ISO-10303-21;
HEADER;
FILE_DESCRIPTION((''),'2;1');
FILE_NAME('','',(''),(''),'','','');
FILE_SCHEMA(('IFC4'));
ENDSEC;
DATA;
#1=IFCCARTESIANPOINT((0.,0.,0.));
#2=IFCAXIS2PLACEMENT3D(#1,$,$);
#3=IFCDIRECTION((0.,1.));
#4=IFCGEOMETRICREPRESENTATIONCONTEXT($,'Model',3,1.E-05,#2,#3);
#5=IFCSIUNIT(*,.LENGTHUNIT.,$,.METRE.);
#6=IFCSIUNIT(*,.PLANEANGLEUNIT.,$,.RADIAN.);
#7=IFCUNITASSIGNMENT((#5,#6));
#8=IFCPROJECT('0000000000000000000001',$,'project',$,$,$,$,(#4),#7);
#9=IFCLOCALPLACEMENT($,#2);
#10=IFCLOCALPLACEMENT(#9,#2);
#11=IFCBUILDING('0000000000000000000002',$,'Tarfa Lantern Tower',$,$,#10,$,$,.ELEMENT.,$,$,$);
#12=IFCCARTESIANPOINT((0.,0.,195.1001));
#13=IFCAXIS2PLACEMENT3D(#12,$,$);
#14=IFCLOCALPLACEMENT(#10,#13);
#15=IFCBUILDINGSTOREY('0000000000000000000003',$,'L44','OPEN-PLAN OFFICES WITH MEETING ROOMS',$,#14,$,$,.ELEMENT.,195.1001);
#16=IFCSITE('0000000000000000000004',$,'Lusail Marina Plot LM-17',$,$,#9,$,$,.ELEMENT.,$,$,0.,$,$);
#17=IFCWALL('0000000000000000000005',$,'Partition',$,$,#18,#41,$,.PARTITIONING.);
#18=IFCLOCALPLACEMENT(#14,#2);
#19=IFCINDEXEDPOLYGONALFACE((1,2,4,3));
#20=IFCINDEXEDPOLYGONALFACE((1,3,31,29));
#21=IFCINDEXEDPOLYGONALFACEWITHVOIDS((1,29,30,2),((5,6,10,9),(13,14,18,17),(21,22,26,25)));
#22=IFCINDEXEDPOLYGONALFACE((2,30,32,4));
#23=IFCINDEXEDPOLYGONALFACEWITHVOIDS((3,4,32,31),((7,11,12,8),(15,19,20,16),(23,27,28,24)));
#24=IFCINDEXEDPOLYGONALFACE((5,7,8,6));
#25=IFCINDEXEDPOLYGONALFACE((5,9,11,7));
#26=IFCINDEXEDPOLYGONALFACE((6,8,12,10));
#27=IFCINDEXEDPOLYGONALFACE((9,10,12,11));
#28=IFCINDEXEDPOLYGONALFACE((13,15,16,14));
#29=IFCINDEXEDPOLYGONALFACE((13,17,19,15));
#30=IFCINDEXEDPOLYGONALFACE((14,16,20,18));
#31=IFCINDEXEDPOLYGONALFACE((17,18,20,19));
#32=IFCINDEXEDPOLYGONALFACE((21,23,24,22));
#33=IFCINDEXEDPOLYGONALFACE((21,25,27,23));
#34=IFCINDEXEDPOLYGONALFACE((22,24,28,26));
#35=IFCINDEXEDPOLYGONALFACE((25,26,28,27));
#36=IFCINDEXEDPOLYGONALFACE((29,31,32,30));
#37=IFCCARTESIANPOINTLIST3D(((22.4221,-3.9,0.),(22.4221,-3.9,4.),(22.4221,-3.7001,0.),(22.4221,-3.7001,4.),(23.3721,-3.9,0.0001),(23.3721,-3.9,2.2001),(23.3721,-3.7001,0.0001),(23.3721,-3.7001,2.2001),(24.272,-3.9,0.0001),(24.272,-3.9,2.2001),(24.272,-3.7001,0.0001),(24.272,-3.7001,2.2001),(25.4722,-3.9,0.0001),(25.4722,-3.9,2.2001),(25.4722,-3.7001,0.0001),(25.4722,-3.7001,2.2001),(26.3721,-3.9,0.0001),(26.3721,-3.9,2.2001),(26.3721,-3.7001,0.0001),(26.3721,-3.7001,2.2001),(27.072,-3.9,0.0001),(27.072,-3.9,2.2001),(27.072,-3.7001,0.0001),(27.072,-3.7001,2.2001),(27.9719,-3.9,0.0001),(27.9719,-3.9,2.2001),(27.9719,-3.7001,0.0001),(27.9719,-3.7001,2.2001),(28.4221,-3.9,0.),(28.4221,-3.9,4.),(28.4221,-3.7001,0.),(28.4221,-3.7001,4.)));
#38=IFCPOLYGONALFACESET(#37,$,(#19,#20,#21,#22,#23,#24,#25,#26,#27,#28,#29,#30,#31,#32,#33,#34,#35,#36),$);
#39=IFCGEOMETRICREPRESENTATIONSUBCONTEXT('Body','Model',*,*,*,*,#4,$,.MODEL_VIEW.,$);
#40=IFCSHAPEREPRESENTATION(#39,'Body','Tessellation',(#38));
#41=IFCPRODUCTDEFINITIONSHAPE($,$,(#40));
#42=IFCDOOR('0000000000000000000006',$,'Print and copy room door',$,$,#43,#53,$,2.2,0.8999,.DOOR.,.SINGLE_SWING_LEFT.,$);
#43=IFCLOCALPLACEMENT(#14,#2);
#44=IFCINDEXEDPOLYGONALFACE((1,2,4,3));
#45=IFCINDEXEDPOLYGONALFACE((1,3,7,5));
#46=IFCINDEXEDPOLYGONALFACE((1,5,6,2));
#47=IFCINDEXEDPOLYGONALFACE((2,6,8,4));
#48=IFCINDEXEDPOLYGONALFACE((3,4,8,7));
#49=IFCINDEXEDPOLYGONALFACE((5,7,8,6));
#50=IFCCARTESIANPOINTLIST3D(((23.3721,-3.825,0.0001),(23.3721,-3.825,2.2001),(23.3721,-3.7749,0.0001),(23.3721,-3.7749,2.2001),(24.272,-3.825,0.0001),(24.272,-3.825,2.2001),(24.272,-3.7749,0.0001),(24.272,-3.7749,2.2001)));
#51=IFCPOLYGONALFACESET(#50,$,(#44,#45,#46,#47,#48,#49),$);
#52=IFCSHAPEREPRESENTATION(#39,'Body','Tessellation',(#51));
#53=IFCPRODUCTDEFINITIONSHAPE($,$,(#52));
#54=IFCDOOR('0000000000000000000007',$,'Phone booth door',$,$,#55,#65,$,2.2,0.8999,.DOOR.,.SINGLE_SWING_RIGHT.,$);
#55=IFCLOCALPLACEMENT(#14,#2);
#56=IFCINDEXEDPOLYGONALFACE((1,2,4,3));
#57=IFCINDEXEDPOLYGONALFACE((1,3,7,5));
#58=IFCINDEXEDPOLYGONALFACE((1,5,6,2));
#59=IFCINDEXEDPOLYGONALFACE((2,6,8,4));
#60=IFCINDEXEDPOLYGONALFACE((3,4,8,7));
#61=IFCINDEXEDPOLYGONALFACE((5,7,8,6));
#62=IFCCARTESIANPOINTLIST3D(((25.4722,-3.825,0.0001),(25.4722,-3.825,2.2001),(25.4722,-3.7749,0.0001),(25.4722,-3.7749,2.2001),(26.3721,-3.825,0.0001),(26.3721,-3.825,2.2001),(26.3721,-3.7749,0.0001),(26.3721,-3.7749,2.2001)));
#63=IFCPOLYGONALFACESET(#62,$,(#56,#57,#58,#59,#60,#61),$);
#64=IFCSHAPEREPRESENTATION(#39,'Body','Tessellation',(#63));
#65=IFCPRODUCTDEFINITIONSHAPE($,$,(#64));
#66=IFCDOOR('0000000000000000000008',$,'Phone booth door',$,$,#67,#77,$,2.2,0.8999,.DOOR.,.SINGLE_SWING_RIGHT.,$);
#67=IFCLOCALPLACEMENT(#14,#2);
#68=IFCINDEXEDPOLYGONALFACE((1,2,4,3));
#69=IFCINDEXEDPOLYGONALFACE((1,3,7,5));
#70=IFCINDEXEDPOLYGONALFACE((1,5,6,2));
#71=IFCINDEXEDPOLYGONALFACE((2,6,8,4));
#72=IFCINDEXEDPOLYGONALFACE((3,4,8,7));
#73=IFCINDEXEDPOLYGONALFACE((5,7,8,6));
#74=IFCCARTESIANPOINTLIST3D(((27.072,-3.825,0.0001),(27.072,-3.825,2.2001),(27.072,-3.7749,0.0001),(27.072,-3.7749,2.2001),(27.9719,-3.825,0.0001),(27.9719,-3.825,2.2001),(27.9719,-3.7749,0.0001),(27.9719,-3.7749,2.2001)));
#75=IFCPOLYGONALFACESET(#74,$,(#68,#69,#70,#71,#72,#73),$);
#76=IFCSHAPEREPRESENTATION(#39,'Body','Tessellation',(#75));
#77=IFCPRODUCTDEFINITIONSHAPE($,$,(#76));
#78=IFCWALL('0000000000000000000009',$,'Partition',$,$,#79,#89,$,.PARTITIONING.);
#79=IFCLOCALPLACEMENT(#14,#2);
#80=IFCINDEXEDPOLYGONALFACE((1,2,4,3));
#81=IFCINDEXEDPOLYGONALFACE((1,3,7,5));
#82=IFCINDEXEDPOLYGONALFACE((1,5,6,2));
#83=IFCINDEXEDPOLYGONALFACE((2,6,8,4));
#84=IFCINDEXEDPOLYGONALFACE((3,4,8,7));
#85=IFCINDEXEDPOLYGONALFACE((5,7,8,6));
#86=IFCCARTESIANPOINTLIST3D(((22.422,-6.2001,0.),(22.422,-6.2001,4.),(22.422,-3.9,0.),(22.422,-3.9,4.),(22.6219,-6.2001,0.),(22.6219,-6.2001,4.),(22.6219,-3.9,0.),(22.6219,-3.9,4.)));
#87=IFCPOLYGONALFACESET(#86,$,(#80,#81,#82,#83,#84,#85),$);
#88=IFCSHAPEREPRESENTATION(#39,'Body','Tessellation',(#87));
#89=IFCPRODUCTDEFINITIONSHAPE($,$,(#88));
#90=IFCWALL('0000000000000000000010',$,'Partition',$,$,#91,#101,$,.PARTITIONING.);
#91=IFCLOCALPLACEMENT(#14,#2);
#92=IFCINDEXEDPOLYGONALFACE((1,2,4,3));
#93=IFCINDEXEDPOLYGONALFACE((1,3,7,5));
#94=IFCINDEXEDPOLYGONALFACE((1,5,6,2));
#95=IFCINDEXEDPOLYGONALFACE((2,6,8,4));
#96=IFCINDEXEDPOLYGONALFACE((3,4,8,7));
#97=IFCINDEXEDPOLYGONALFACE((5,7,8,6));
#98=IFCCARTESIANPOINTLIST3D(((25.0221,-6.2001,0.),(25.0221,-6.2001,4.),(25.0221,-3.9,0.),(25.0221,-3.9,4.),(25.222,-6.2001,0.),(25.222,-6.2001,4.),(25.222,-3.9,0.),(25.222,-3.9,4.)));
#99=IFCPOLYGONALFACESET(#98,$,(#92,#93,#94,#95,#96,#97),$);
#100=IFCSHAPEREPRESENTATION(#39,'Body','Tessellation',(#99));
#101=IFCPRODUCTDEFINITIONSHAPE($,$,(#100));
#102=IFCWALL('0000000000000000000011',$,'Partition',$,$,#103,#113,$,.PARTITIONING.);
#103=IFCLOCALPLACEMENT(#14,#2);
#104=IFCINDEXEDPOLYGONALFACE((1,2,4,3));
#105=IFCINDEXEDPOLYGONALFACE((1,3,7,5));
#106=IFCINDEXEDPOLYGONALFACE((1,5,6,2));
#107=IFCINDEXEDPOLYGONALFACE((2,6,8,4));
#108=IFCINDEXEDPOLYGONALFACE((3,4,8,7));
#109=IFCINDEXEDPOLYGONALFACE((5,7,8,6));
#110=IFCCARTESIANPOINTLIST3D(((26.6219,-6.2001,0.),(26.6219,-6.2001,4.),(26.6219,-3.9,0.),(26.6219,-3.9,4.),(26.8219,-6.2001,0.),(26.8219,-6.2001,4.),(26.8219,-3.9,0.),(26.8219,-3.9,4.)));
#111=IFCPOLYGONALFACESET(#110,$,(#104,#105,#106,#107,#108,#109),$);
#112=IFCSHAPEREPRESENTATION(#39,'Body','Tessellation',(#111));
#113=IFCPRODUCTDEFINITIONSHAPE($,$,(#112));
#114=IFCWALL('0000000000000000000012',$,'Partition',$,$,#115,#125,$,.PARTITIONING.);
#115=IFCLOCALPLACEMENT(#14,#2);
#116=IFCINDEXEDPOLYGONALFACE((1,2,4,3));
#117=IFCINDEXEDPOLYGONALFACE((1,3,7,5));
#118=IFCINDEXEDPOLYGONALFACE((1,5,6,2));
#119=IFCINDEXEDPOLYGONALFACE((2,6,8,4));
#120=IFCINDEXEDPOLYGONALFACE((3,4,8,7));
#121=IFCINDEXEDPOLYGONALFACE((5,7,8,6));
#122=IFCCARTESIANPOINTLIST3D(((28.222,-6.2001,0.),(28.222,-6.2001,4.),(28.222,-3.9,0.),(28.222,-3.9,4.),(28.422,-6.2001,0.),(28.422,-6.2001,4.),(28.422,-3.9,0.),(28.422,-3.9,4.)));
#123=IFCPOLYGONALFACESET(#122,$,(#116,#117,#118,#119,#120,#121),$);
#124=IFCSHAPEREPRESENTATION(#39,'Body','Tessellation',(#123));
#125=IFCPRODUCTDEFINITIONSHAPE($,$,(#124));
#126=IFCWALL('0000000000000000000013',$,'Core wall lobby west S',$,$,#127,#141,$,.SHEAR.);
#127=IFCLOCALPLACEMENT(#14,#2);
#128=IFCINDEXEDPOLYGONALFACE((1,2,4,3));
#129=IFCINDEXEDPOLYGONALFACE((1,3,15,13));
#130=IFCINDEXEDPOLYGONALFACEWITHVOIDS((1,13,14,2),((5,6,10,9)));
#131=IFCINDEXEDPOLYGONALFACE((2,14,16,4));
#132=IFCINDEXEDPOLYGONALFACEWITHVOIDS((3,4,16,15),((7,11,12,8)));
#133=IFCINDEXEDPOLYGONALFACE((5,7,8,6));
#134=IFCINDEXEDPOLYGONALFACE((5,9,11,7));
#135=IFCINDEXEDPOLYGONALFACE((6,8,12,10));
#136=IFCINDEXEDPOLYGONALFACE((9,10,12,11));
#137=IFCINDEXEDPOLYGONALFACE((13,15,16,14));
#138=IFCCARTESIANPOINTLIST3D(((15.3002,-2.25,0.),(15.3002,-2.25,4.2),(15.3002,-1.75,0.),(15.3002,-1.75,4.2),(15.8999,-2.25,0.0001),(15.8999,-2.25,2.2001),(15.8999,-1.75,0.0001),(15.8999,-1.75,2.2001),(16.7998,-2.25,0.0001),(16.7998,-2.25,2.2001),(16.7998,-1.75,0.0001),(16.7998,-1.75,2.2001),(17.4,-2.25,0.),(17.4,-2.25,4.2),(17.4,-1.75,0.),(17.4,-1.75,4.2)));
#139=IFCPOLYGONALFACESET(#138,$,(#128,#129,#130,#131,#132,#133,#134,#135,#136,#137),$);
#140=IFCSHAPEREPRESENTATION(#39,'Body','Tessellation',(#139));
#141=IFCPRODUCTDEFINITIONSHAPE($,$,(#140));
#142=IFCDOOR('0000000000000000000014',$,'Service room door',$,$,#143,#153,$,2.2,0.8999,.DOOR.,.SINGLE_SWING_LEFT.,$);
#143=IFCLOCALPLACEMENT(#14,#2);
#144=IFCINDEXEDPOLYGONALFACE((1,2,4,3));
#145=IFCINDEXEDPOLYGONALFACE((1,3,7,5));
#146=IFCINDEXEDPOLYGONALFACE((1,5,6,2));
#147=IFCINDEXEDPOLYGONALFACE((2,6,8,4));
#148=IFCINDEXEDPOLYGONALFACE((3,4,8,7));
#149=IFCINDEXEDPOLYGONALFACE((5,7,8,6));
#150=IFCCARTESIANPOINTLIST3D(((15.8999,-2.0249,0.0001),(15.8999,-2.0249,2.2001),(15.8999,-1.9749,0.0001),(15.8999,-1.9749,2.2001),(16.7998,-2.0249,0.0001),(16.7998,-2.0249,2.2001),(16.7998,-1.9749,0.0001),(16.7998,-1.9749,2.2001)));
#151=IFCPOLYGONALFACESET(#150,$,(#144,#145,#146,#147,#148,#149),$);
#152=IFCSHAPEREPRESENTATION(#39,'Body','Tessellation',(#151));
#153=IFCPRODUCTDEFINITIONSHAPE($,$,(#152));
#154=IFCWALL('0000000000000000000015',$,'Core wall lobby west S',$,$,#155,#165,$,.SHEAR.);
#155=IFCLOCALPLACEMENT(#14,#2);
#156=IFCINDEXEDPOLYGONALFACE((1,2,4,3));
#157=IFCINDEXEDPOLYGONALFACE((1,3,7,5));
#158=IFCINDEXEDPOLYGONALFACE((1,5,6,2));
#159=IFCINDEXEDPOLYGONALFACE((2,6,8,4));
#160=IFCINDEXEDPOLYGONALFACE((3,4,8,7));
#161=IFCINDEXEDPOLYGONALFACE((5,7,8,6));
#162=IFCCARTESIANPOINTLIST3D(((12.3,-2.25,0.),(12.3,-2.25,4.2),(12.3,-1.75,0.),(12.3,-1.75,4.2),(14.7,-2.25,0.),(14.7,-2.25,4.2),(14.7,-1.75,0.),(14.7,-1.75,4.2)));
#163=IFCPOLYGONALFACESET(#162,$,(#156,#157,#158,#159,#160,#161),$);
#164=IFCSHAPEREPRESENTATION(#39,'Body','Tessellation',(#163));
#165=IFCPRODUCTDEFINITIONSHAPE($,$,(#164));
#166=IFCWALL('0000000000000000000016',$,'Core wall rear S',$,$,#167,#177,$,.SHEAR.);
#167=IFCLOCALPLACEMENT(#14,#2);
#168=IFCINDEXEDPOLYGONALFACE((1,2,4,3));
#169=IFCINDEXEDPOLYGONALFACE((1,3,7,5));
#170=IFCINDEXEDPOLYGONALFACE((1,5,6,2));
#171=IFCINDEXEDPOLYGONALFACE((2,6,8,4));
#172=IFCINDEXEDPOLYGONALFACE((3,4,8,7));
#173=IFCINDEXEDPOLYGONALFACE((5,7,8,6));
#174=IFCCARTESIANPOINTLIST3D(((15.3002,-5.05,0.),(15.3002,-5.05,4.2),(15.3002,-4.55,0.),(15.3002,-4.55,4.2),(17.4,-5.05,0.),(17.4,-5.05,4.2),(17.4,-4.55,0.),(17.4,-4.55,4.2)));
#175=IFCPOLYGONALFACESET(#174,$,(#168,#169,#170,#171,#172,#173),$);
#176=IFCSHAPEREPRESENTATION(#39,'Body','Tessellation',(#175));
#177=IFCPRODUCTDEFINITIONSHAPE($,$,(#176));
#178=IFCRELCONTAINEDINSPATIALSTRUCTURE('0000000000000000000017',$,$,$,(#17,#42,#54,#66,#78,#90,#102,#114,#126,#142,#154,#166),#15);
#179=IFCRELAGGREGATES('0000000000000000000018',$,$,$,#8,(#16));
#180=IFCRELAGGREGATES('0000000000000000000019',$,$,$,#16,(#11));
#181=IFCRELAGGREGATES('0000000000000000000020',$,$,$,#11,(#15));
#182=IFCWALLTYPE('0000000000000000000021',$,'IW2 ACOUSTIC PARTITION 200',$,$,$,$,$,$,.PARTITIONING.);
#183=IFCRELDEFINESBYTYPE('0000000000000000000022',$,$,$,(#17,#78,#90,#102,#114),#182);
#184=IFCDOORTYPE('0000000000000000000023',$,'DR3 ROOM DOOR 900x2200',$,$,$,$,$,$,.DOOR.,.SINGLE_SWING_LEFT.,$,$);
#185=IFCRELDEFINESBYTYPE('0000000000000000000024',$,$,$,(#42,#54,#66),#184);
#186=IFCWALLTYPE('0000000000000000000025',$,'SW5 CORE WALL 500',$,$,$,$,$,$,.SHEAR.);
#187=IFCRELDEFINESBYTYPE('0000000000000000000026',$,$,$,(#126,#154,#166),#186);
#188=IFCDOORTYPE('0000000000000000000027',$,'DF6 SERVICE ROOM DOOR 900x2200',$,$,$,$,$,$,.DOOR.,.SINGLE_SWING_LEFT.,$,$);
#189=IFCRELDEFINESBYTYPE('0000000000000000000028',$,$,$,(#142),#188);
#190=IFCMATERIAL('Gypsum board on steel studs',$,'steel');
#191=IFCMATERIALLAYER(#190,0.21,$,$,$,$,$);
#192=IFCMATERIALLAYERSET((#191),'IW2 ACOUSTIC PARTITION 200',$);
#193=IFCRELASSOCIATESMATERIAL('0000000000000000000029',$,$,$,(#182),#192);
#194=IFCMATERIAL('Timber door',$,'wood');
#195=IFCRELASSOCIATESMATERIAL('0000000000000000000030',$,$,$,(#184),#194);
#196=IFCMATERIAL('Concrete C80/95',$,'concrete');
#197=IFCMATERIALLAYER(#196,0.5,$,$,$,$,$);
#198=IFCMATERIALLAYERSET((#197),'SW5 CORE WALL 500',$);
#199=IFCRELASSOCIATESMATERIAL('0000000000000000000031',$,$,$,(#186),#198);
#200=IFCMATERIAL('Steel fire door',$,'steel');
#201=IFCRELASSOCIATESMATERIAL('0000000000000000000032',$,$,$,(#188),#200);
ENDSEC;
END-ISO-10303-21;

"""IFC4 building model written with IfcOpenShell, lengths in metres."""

from ifc_helpers import new_model, si_unit, direction, frame, frame_2d, origin, place, context, subcontext, project, spatial, rectangle, extrude, material, layer, layer_set, type_object, element, fill, save


model = new_model("IFC4")

# Units and contexts
model_context = context("Model", 3, precision=1e-05, world=origin(), true_north=direction((0.0, 1.0)))
body_context = subcontext(model_context, "Body", "Model", "MODEL_VIEW")
ifc_project = project(units=[si_unit("LENGTHUNIT", "METRE"), si_unit("PLANEANGLEUNIT", "RADIAN")], contexts=[model_context])

# Site, building, storey
site_placement = place(None, origin())
site = spatial("IfcSite", under=ifc_project, at=site_placement, Name="Lusail Marina Plot LM-17", CompositionType="ELEMENT", RefElevation=0.0)
building_placement = place(site_placement, origin())
building = spatial("IfcBuilding", under=site, at=building_placement, Name="Tarfa Lantern Tower", CompositionType="ELEMENT")
storey_placement = place(building_placement, frame((0.0, 0.0, 195.1001)))
storey = spatial("IfcBuildingStorey", under=building, at=storey_placement, Name="L44", Description="OPEN-PLAN OFFICES WITH MEETING ROOMS", CompositionType="ELEMENT", Elevation=195.1001)

# Shared definitions
ifc_material_1 = material(Name="Concrete C80/95", Category="concrete")

# Shared definitions
ifc_material_2 = material(Name="Gypsum board on steel studs", Category="steel")
ifc_layer_1 = layer(ifc_material_2, 0.21)
ifc_layer_set_1 = layer_set([ifc_layer_1], Name="IW2 ACOUSTIC PARTITION 200")
wall_type_1 = type_object("IfcWallType", Name="IW2 ACOUSTIC PARTITION 200", PredefinedType="PARTITIONING", material=ifc_layer_set_1)
ifc_material_3 = material(Name="Timber door", Category="wood")

# Wall, openings, doors
wall_1_placement = place(storey_placement, frame((22.4221, -3.8, 0.0), z_axis=(0.0, 0.0, 1.0), x_axis=(1.0, 0.0, 0.0)))
wall_1 = element("IfcWall", 1, at=wall_1_placement, inside=storey, type_object=wall_type_1, Name="Partition", PredefinedType="PARTITIONING", context=body_context, shape_type="SweptSolid", body=[
    extrude(rectangle(XDim=6.0, YDim=0.2, at=frame_2d((3.0, 0.0))), origin(), (0.0, 0.0, 1.0), 4.0),
])
opening_1_placement = place(wall_1_placement, frame((0.95, 0.0, 0.0)))
opening_1 = element("IfcOpeningElement", 2, at=opening_1_placement, cuts=wall_1, PredefinedType="OPENING", context=body_context, shape_type="SweptSolid", body=[
    extrude(rectangle(XDim=0.8999, YDim=2.2, at=frame_2d((0.45, 1.1001))), frame((0.0, 0.1099, 0.0), z_axis=(0.0, -1.0, 0.0), x_axis=(1.0, 0.0, 0.0)), (0.0, 0.0, 1.0), 0.22),
])
opening_2_placement = place(wall_1_placement, frame((3.05, 0.0, 0.0)))
opening_2 = element("IfcOpeningElement", 3, at=opening_2_placement, cuts=wall_1, PredefinedType="OPENING", context=body_context, shape_type="SweptSolid", body=[
    extrude(rectangle(XDim=0.8999, YDim=2.2, at=frame_2d((0.45, 1.1001))), frame((0.0, 0.1099, 0.0), z_axis=(0.0, -1.0, 0.0), x_axis=(1.0, 0.0, 0.0)), (0.0, 0.0, 1.0), 0.22),
])
opening_3_placement = place(wall_1_placement, frame((4.6499, 0.0, 0.0)))
opening_3 = element("IfcOpeningElement", 4, at=opening_3_placement, cuts=wall_1, PredefinedType="OPENING", context=body_context, shape_type="SweptSolid", body=[
    extrude(rectangle(XDim=0.8999, YDim=2.2, at=frame_2d((0.45, 1.1001))), frame((0.0, 0.1099, 0.0), z_axis=(0.0, -1.0, 0.0), x_axis=(1.0, 0.0, 0.0)), (0.0, 0.0, 1.0), 0.22),
])
door_type_1 = type_object("IfcDoorType", Name="DR3 ROOM DOOR 900x2200", OperationType="SINGLE_SWING_LEFT", PredefinedType="DOOR", material=ifc_material_3)
door_1_placement = place(opening_1_placement, frame((0.8999, 0.0, 0.0), z_axis=(0.0, 0.0, 1.0), x_axis=(-1.0, 0.0, 0.0)))
door_1 = element("IfcDoor", 5, at=door_1_placement, inside=storey, type_object=door_type_1, Name="Print and copy room door", OperationType="SINGLE_SWING_LEFT", OverallHeight=2.2, OverallWidth=0.8999, PredefinedType="DOOR", context=body_context, shape_type="SweptSolid", body=[
    extrude(rectangle(XDim=0.8999, YDim=2.2, at=frame_2d((0.45, 1.1001))), frame((0.0, 0.0249, 0.0), z_axis=(0.0, -1.0, 0.0), x_axis=(1.0, 0.0, 0.0)), (0.0, 0.0, 1.0), 0.05),
])
fill(opening_1, door_1)
door_2_placement = place(opening_2_placement, frame((0.8999, 0.0, 0.0), z_axis=(0.0, 0.0, 1.0), x_axis=(-1.0, 0.0, 0.0)))
door_2 = element("IfcDoor", 6, at=door_2_placement, inside=storey, type_object=door_type_1, Name="Phone booth door", OperationType="SINGLE_SWING_RIGHT", OverallHeight=2.2, OverallWidth=0.8999, PredefinedType="DOOR", context=body_context, shape_type="SweptSolid", body=[
    extrude(rectangle(XDim=0.8999, YDim=2.2, at=frame_2d((0.45, 1.1001))), frame((0.0, 0.0249, 0.0), z_axis=(0.0, -1.0, 0.0), x_axis=(1.0, 0.0, 0.0)), (0.0, 0.0, 1.0), 0.05),
])
fill(opening_2, door_2)
door_3_placement = place(opening_3_placement, frame((0.8999, 0.0, 0.0), z_axis=(0.0, 0.0, 1.0), x_axis=(-1.0, 0.0, 0.0)))
door_3 = element("IfcDoor", 7, at=door_3_placement, inside=storey, type_object=door_type_1, Name="Phone booth door", OperationType="SINGLE_SWING_RIGHT", OverallHeight=2.2, OverallWidth=0.8999, PredefinedType="DOOR", context=body_context, shape_type="SweptSolid", body=[
    extrude(rectangle(XDim=0.8999, YDim=2.2, at=frame_2d((0.45, 1.1001))), frame((0.0, 0.0249, 0.0), z_axis=(0.0, -1.0, 0.0), x_axis=(1.0, 0.0, 0.0)), (0.0, 0.0, 1.0), 0.05),
])
fill(opening_3, door_3)

# Walls
for number, where, z_axis, x_axis, name in (
    (8, (22.522, -6.2, 0.0), (0.0, 0.0, 1.0), (0.0, 1.0, 0.0), "Partition"),
    (9, (25.1221, -6.2, 0.0), (0.0, 0.0, 1.0), (0.0, 1.0, 0.0), "Partition"),
    (10, (26.7219, -6.2, 0.0), (0.0, 0.0, 1.0), (0.0, 1.0, 0.0), "Partition"),
    (11, (28.322, -6.2, 0.0), (0.0, 0.0, 1.0), (0.0, 1.0, 0.0), "Partition"),
):
    element("IfcWall", number, at=place(storey_placement, frame(where, z_axis=z_axis, x_axis=x_axis)), inside=storey, type_object=wall_type_1, Name=name, PredefinedType="PARTITIONING", context=body_context, shape_type="SweptSolid", body=[
        extrude(rectangle(XDim=2.3, YDim=0.2, at=frame_2d((1.1499, 0.0))), origin(), (0.0, 0.0, 1.0), 4.0),
    ])

# Wall, opening, door
ifc_material_4 = material(Name="Steel fire door", Category="steel")
ifc_layer_2 = layer(ifc_material_1, 0.5)
ifc_layer_set_2 = layer_set([ifc_layer_2], Name="SW5 CORE WALL 500")
wall_type_2 = type_object("IfcWallType", Name="SW5 CORE WALL 500", PredefinedType="SHEAR", material=ifc_layer_set_2)
wall_2_placement = place(storey_placement, frame((17.3999, -2.0, 0.0), z_axis=(0.0, 0.0, 1.0), x_axis=(-1.0, 0.0, 0.0)))
wall_2 = element("IfcWall", 12, at=wall_2_placement, inside=storey, type_object=wall_type_2, Name="Core wall lobby west S", PredefinedType="SHEAR", context=body_context, shape_type="SweptSolid", body=[
    extrude(rectangle(XDim=2.0999, YDim=0.5, at=frame_2d((1.0498, 0.0))), origin(), (0.0, 0.0, 1.0), 4.2),
])
opening_4_placement = place(wall_2_placement, frame((0.6001, 0.0, 0.0)))
opening_4 = element("IfcOpeningElement", 13, at=opening_4_placement, cuts=wall_2, PredefinedType="OPENING", context=body_context, shape_type="SweptSolid", body=[
    extrude(rectangle(XDim=0.8999, YDim=2.2, at=frame_2d((0.45, 1.1001))), frame((0.0, 0.26, 0.0), z_axis=(0.0, -1.0, 0.0), x_axis=(1.0, 0.0, 0.0)), (0.0, 0.0, 1.0), 0.52),
])
door_type_2 = type_object("IfcDoorType", Name="DF6 SERVICE ROOM DOOR 900x2200", OperationType="SINGLE_SWING_LEFT", PredefinedType="DOOR", material=ifc_material_4)
door_4_placement = place(opening_4_placement, origin())
door_4 = element("IfcDoor", 14, at=door_4_placement, inside=storey, type_object=door_type_2, Name="Service room door", OperationType="SINGLE_SWING_LEFT", OverallHeight=2.2, OverallWidth=0.8999, PredefinedType="DOOR", context=body_context, shape_type="SweptSolid", body=[
    extrude(rectangle(XDim=0.8999, YDim=2.2, at=frame_2d((0.45, 1.1001))), frame((0.0, 0.0249, 0.0), z_axis=(0.0, -1.0, 0.0), x_axis=(1.0, 0.0, 0.0)), (0.0, 0.0, 1.0), 0.05),
])
fill(opening_4, door_4)

# Walls
wall_3_placement = place(storey_placement, frame((14.7, -2.0, 0.0), z_axis=(0.0, 0.0, 1.0), x_axis=(-1.0, 0.0, 0.0)))
element("IfcWall", 15, at=wall_3_placement, inside=storey, type_object=wall_type_2, Name="Core wall lobby west S", PredefinedType="SHEAR", context=body_context, shape_type="SweptSolid", body=[
    extrude(rectangle(XDim=2.3999, YDim=0.5, at=frame_2d((1.2, 0.0))), origin(), (0.0, 0.0, 1.0), 4.2),
])
wall_4_placement = place(storey_placement, frame((17.3999, -4.8, 0.0), z_axis=(0.0, 0.0, 1.0), x_axis=(-1.0, 0.0, 0.0)))
element("IfcWall", 16, at=wall_4_placement, inside=storey, type_object=wall_type_2, Name="Core wall rear S", PredefinedType="SHEAR", context=body_context, shape_type="SweptSolid", body=[
    extrude(rectangle(XDim=2.0999, YDim=0.5, at=frame_2d((1.0498, 0.0))), origin(), (0.0, 0.0, 1.0), 4.2),
])

save(model, "model.ifc")
